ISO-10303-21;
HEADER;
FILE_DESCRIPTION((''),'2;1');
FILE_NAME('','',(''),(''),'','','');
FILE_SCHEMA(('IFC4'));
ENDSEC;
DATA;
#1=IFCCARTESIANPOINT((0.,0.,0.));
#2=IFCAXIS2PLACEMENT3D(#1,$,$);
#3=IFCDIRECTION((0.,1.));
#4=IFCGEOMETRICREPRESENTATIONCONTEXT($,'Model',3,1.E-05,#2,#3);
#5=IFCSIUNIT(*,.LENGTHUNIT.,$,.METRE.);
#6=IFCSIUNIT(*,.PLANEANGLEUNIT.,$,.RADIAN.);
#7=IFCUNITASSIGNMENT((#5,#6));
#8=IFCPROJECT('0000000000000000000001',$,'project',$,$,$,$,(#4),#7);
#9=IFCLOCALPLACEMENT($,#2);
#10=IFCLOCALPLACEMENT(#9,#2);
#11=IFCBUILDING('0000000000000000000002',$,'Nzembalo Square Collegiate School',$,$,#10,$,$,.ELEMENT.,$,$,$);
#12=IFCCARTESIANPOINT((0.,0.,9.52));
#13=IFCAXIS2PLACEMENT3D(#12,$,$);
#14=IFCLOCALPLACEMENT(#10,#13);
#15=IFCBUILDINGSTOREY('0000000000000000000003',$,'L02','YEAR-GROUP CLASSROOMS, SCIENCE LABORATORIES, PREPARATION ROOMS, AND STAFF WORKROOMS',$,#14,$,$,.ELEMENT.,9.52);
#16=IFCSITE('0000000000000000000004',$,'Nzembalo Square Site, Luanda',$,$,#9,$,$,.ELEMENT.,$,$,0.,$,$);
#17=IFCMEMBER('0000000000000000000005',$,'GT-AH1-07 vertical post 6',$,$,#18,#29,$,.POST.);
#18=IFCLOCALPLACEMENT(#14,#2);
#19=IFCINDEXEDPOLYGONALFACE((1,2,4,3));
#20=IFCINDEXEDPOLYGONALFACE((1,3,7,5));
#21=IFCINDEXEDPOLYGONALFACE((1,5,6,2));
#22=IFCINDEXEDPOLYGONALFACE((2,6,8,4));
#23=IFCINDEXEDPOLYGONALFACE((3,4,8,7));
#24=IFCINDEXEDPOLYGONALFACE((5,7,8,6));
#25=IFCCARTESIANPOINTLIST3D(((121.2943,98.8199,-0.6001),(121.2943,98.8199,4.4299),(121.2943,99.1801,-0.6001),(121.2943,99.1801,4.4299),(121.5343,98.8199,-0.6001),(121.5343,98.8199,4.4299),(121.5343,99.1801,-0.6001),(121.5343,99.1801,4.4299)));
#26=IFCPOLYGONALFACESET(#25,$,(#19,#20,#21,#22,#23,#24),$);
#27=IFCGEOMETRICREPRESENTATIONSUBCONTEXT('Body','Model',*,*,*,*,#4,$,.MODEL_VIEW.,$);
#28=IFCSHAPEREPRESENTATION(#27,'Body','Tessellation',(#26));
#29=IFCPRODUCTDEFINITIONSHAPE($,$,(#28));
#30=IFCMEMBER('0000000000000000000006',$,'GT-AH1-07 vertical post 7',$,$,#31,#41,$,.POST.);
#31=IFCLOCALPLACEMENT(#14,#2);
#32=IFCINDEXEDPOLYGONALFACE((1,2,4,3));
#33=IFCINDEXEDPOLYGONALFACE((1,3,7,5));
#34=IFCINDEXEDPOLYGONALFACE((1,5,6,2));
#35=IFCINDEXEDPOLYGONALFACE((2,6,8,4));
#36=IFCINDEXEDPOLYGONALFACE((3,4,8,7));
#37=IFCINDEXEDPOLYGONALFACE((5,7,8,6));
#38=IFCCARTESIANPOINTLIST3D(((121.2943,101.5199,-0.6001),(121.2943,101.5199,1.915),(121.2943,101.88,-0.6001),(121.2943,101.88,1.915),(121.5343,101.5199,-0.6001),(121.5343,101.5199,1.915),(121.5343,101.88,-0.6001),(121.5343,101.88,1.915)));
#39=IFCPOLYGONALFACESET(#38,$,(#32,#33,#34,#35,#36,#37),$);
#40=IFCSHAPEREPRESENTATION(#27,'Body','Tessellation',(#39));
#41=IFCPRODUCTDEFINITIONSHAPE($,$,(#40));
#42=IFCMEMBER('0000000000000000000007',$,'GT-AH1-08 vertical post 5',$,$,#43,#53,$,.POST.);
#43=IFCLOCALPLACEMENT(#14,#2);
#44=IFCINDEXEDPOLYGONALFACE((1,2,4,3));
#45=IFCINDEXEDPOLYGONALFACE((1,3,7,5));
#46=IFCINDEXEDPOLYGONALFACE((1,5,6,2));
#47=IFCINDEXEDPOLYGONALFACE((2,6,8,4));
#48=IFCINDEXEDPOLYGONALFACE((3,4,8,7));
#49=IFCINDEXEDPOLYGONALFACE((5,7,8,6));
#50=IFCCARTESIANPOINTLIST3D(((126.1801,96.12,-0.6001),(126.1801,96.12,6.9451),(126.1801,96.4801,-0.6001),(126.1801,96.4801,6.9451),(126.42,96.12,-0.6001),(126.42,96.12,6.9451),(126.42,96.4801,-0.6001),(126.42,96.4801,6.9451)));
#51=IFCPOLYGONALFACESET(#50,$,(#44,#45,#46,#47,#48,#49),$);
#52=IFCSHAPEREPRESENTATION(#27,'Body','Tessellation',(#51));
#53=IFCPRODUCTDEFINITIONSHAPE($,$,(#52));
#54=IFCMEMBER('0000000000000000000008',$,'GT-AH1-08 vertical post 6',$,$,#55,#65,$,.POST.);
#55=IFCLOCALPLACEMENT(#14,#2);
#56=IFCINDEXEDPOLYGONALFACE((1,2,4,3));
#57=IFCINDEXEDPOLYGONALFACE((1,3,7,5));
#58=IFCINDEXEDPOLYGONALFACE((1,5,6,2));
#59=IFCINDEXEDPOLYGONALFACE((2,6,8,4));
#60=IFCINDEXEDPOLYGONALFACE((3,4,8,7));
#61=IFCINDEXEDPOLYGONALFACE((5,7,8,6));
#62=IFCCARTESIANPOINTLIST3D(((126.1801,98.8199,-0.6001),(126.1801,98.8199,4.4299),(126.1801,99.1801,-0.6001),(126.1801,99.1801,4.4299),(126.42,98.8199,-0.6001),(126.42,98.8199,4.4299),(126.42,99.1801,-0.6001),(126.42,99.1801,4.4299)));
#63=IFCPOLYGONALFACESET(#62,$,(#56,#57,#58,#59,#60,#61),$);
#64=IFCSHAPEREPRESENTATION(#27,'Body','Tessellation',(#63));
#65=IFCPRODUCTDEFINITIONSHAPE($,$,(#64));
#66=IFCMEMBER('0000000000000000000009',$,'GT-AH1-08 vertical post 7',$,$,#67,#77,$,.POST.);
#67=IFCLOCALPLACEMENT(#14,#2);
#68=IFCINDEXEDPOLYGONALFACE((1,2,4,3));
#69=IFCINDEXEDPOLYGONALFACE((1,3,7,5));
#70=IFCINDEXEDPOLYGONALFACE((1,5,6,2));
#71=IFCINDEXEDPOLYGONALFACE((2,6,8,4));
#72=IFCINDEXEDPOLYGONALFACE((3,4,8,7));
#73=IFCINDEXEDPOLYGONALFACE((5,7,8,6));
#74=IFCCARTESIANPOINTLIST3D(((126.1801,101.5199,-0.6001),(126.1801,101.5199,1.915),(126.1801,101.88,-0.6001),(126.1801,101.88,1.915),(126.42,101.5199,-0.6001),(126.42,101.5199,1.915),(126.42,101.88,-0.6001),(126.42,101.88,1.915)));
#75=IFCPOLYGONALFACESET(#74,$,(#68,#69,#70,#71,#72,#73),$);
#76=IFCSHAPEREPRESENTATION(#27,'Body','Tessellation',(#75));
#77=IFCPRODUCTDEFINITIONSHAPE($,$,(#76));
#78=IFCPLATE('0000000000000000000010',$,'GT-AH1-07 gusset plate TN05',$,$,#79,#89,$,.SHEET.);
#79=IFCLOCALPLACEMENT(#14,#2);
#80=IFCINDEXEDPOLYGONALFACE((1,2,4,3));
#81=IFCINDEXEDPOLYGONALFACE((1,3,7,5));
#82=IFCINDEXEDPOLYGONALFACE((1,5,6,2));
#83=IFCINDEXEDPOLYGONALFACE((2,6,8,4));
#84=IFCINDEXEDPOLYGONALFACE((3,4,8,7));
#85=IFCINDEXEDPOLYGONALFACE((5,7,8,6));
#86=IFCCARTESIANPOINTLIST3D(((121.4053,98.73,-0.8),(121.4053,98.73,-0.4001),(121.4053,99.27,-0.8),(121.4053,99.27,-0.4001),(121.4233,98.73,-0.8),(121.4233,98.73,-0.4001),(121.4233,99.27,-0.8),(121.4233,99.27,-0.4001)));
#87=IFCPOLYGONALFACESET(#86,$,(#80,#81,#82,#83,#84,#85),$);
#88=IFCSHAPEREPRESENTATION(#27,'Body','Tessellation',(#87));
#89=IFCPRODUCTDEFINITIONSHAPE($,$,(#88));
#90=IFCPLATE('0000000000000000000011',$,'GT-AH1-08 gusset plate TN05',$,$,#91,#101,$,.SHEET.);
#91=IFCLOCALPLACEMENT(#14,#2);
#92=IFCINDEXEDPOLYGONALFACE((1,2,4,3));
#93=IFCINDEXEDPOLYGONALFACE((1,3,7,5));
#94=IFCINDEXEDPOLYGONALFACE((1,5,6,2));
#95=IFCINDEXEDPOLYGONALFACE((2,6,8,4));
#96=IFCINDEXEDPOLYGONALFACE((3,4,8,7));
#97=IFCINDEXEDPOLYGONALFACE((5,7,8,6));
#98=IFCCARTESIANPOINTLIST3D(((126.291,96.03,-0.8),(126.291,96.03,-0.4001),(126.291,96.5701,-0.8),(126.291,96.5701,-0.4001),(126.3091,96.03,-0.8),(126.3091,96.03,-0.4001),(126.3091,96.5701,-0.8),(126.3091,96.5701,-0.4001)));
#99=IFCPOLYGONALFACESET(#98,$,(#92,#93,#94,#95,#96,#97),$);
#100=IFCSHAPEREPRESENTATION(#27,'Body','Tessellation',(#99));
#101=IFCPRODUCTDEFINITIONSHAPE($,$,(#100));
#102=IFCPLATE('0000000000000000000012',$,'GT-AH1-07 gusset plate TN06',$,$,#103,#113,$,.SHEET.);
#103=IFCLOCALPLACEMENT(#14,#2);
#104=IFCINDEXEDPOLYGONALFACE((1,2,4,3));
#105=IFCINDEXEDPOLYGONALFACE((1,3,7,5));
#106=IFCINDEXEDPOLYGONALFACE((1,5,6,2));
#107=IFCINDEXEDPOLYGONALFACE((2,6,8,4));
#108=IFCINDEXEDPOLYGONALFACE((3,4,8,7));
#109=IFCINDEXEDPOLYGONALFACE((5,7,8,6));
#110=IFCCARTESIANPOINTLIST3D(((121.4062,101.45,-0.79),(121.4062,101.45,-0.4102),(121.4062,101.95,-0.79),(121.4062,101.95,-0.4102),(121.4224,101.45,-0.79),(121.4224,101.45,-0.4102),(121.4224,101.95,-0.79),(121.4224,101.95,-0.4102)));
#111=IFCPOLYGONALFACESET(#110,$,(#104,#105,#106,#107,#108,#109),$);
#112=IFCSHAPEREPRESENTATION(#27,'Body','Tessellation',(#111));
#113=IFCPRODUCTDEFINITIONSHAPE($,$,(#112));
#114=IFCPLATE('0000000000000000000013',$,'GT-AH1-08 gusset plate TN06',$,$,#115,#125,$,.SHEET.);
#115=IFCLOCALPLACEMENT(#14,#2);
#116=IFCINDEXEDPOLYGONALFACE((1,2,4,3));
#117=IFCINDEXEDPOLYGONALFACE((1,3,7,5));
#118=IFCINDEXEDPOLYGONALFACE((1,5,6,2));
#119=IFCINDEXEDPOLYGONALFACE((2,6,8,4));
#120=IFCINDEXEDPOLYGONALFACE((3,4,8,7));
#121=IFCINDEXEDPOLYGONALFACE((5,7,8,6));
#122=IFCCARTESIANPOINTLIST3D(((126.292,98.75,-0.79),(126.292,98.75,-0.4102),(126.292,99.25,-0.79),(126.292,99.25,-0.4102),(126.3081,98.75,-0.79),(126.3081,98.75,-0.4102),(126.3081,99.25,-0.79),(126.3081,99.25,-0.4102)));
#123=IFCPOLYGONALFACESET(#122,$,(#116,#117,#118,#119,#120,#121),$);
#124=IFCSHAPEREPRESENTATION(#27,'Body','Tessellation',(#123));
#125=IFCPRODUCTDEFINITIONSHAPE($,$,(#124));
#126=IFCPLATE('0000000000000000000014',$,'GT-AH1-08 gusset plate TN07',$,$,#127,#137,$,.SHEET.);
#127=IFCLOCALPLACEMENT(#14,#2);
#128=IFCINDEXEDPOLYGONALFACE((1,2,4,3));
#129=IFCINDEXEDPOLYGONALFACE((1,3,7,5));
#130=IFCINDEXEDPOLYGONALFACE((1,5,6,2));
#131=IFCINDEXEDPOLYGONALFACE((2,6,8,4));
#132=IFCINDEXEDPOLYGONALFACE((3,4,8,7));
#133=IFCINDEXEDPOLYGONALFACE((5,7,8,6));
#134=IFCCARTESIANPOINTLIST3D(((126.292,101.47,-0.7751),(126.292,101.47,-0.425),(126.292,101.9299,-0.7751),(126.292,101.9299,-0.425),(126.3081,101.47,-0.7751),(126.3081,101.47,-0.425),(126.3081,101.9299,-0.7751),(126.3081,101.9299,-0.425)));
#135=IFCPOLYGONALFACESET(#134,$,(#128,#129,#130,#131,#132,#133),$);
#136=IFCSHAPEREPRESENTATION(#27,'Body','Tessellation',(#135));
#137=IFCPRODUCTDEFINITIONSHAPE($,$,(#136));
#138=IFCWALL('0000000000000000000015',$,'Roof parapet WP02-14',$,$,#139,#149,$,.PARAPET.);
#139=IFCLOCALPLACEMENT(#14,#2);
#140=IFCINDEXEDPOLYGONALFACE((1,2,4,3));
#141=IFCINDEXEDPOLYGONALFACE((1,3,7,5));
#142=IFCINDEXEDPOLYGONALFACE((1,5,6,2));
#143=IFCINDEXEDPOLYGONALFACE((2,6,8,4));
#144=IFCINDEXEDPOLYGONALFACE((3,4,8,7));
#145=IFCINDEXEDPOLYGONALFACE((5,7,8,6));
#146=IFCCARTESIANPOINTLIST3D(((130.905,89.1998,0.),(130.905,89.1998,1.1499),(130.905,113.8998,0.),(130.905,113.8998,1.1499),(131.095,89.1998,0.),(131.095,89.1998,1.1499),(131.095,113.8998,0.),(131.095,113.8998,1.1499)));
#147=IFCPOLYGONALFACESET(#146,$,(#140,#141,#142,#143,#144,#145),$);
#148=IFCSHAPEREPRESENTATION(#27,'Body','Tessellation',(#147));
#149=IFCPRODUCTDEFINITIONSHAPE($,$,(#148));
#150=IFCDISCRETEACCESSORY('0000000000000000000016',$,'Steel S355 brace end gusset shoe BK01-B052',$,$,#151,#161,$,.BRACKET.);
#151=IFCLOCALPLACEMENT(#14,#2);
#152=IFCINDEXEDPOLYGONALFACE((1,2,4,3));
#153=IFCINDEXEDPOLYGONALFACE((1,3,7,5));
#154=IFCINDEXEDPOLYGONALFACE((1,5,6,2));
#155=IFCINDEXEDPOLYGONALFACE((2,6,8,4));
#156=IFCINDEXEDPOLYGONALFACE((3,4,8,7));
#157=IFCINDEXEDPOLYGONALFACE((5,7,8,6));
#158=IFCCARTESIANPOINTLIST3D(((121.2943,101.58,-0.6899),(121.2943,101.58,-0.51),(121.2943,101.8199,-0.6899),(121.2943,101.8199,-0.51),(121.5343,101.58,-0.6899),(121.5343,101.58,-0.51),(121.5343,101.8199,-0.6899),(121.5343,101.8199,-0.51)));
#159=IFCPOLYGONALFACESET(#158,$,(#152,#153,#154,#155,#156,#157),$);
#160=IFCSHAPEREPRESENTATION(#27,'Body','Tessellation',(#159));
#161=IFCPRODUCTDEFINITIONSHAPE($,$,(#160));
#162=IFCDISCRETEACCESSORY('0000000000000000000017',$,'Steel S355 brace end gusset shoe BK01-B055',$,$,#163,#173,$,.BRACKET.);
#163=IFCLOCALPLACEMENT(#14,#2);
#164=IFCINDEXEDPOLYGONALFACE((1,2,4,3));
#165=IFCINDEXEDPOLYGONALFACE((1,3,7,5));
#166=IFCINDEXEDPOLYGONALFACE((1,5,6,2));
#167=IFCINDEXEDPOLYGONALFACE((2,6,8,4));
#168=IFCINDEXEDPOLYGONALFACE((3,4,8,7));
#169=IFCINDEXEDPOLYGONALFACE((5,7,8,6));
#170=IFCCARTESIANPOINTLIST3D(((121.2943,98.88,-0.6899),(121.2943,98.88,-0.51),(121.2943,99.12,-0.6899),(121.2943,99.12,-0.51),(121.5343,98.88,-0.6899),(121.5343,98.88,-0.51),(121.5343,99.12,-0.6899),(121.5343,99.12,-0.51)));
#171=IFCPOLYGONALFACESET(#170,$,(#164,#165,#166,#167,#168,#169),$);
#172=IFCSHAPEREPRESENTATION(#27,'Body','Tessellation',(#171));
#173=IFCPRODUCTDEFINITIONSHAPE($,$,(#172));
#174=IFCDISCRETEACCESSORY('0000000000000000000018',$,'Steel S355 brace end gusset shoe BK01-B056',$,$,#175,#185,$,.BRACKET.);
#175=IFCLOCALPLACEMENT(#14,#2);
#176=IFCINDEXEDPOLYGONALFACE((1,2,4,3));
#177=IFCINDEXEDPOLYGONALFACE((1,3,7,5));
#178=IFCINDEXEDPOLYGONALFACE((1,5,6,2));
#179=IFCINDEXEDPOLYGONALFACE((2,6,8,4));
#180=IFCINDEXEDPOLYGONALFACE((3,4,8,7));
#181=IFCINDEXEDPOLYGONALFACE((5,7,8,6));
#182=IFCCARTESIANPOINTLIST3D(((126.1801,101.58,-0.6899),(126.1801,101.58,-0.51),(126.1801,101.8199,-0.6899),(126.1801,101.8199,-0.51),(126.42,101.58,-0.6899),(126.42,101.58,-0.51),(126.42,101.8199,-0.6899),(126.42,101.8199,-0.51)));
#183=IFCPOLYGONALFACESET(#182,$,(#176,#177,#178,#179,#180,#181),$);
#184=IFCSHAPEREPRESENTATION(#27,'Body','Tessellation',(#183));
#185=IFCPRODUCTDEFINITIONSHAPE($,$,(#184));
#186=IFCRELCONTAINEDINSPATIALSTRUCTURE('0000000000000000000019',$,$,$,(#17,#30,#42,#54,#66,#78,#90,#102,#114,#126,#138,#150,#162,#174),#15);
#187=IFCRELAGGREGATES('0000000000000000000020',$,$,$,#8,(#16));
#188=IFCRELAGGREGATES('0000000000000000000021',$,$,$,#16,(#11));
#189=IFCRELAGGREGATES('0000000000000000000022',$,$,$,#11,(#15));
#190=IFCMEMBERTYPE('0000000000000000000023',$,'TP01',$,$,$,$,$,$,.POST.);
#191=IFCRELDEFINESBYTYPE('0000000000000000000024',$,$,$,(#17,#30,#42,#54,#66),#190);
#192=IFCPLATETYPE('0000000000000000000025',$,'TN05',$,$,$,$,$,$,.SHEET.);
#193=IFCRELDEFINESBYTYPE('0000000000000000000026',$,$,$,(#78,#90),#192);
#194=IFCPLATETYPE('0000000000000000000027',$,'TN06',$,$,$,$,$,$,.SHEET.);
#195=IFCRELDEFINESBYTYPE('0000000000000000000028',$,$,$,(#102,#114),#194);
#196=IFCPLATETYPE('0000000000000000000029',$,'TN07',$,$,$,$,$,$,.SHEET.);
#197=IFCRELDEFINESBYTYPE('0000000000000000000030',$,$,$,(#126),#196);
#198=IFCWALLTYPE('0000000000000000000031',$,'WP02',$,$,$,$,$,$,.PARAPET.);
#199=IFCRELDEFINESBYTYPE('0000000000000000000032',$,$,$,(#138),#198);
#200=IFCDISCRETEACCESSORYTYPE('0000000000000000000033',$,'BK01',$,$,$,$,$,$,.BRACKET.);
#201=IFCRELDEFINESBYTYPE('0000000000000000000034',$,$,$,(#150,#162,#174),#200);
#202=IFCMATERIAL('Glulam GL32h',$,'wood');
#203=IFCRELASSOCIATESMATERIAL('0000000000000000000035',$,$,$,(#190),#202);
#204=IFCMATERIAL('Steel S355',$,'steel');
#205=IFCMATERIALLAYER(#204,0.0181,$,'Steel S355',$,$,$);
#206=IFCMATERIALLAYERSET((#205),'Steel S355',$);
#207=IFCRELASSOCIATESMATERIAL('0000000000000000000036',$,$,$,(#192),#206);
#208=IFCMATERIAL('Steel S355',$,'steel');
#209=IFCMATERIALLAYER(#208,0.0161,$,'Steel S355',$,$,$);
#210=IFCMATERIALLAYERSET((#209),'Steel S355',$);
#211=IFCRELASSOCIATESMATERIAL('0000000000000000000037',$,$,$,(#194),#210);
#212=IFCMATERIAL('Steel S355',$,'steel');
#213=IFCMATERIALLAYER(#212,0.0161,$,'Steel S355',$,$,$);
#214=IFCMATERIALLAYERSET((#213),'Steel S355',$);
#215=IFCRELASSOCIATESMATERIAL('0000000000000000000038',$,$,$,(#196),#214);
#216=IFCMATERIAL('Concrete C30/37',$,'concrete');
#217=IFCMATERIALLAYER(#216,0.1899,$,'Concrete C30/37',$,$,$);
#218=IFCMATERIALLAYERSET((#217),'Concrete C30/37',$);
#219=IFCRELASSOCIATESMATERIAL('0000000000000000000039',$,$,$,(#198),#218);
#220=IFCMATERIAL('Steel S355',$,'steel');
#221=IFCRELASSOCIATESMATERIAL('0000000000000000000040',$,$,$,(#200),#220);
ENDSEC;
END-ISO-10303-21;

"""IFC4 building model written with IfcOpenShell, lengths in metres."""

from ifc_helpers import new_model, si_unit, direction, frame, frame_2d, origin, origin_2d, place, context, subcontext, project, spatial, rectangle, extrude, material, layer, layer_set, material_profile, profile_set, type_object, element, save


model = new_model("IFC4")

# Units and contexts
model_context = context("Model", 3, precision=1e-05, world=origin(), true_north=direction((0.0, 1.0)))
body_context = subcontext(model_context, "Body", "Model", "MODEL_VIEW")
ifc_project = project(units=[si_unit("LENGTHUNIT", "METRE"), si_unit("PLANEANGLEUNIT", "RADIAN")], contexts=[model_context])

# Site, building, storey
site_placement = place(None, origin())
site = spatial("IfcSite", under=ifc_project, at=site_placement, Name="Nzembalo Square Site, Luanda", CompositionType="ELEMENT", RefElevation=0.0)
building_placement = place(site_placement, origin())
building = spatial("IfcBuilding", under=site, at=building_placement, Name="Nzembalo Square Collegiate School", CompositionType="ELEMENT")
storey_placement = place(building_placement, frame((0.0, 0.0, 9.52)))
storey = spatial("IfcBuildingStorey", under=building, at=storey_placement, Name="L02", Description="YEAR-GROUP CLASSROOMS, SCIENCE LABORATORIES, PREPARATION ROOMS, AND STAFF WORKROOMS", CompositionType="ELEMENT", Elevation=9.52)

# Members
ifc_material_1 = material(Name="Glulam GL32h", Category="wood")
ifc_material_profile_1 = material_profile(ifc_material_1, rectangle(XDim=0.24, YDim=0.3601, at=origin_2d()), Name="GL32h 240x360")
ifc_profile_set_1 = profile_set([ifc_material_profile_1], Name="Glulam GL32h")
member_type_1 = type_object("IfcMemberType", Name="TP01", PredefinedType="POST", material=ifc_profile_set_1)
member_1_placement = place(storey_placement, frame((121.4143, 99.0, -0.6001), z_axis=(0.0, 0.0, 1.0), x_axis=(1.0, 0.0, 0.0)))
element("IfcMember", 1, at=member_1_placement, inside=storey, type_object=member_type_1, Name="GT-AH1-07 vertical post 6", PredefinedType="POST", context=body_context, shape_type="SweptSolid", body=[
    extrude(rectangle(XDim=0.24, YDim=0.3601, at=origin_2d()), origin(), (0.0, 0.0, 1.0), 5.03),
])
member_2_placement = place(storey_placement, frame((121.4143, 101.7, -0.6001), z_axis=(0.0, 0.0, 1.0), x_axis=(1.0, 0.0, 0.0)))
element("IfcMember", 2, at=member_2_placement, inside=storey, type_object=member_type_1, Name="GT-AH1-07 vertical post 7", PredefinedType="POST", context=body_context, shape_type="SweptSolid", body=[
    extrude(rectangle(XDim=0.24, YDim=0.3601, at=origin_2d()), origin(), (0.0, 0.0, 1.0), 2.5151),
])
member_3_placement = place(storey_placement, frame((126.3, 96.3, -0.6001), z_axis=(0.0, 0.0, 1.0), x_axis=(1.0, 0.0, 0.0)))
element("IfcMember", 3, at=member_3_placement, inside=storey, type_object=member_type_1, Name="GT-AH1-08 vertical post 5", PredefinedType="POST", context=body_context, shape_type="SweptSolid", body=[
    extrude(rectangle(XDim=0.24, YDim=0.3601, at=origin_2d()), origin(), (0.0, 0.0, 1.0), 7.5452),
])
member_4_placement = place(storey_placement, frame((126.3, 99.0, -0.6001), z_axis=(0.0, 0.0, 1.0), x_axis=(1.0, 0.0, 0.0)))
element("IfcMember", 4, at=member_4_placement, inside=storey, type_object=member_type_1, Name="GT-AH1-08 vertical post 6", PredefinedType="POST", context=body_context, shape_type="SweptSolid", body=[
    extrude(rectangle(XDim=0.24, YDim=0.3601, at=origin_2d()), origin(), (0.0, 0.0, 1.0), 5.03),
])
member_5_placement = place(storey_placement, frame((126.3, 101.7, -0.6001), z_axis=(0.0, 0.0, 1.0), x_axis=(1.0, 0.0, 0.0)))
element("IfcMember", 5, at=member_5_placement, inside=storey, type_object=member_type_1, Name="GT-AH1-08 vertical post 7", PredefinedType="POST", context=body_context, shape_type="SweptSolid", body=[
    extrude(rectangle(XDim=0.24, YDim=0.3601, at=origin_2d()), origin(), (0.0, 0.0, 1.0), 2.5151),
])

# Plates
ifc_material_2 = material(Name="Steel S355", Category="steel")
ifc_layer_1 = layer(ifc_material_2, 0.0181, Name="Steel S355")
ifc_layer_set_1 = layer_set([ifc_layer_1], Name="Steel S355")
plate_type_1 = type_object("IfcPlateType", Name="TN05", PredefinedType="SHEET", material=ifc_layer_set_1)
for number, where, z_axis, x_axis, name in (
    (6, (121.4143, 99.0, -0.8), (0.0, 0.0, 1.0), (0.0, 1.0, 0.0), "GT-AH1-07 gusset plate TN05"),
    (7, (126.3, 96.3, -0.8), (0.0, 0.0, 1.0), (0.0, 1.0, 0.0), "GT-AH1-08 gusset plate TN05"),
):
    element("IfcPlate", number, at=place(storey_placement, frame(where, z_axis=z_axis, x_axis=x_axis)), inside=storey, type_object=plate_type_1, Name=name, PredefinedType="SHEET", context=body_context, shape_type="SweptSolid", body=[
        extrude(rectangle(XDim=0.54, YDim=0.0181, at=origin_2d()), origin(), (0.0, 0.0, 1.0), 0.3999),
    ])
ifc_material_3 = material(Name="Steel S355", Category="steel")
ifc_layer_2 = layer(ifc_material_3, 0.0161, Name="Steel S355")
ifc_layer_set_2 = layer_set([ifc_layer_2], Name="Steel S355")
plate_type_2 = type_object("IfcPlateType", Name="TN06", PredefinedType="SHEET", material=ifc_layer_set_2)
for number, where, z_axis, x_axis, name in (
    (8, (121.4143, 101.7, -0.79), (0.0, 0.0, 1.0), (0.0, 1.0, 0.0), "GT-AH1-07 gusset plate TN06"),
    (9, (126.3, 99.0, -0.79), (0.0, 0.0, 1.0), (0.0, 1.0, 0.0), "GT-AH1-08 gusset plate TN06"),
):
    element("IfcPlate", number, at=place(storey_placement, frame(where, z_axis=z_axis, x_axis=x_axis)), inside=storey, type_object=plate_type_2, Name=name, PredefinedType="SHEET", context=body_context, shape_type="SweptSolid", body=[
        extrude(rectangle(XDim=0.5, YDim=0.0161, at=origin_2d()), origin(), (0.0, 0.0, 1.0), 0.3799),
    ])
ifc_material_4 = material(Name="Steel S355", Category="steel")
ifc_layer_3 = layer(ifc_material_4, 0.0161, Name="Steel S355")
ifc_layer_set_3 = layer_set([ifc_layer_3], Name="Steel S355")
plate_type_3 = type_object("IfcPlateType", Name="TN07", PredefinedType="SHEET", material=ifc_layer_set_3)
plate_placement = place(storey_placement, frame((126.3, 101.7, -0.7751), z_axis=(0.0, 0.0, 1.0), x_axis=(0.0, 1.0, 0.0)))
element("IfcPlate", 10, at=plate_placement, inside=storey, type_object=plate_type_3, Name="GT-AH1-08 gusset plate TN07", PredefinedType="SHEET", context=body_context, shape_type="SweptSolid", body=[
    extrude(rectangle(XDim=0.46, YDim=0.0161, at=origin_2d()), origin(), (0.0, 0.0, 1.0), 0.3501),
])

# Wall
ifc_material_5 = material(Name="Concrete C30/37", Category="concrete")
ifc_layer_4 = layer(ifc_material_5, 0.1899, Name="Concrete C30/37")
ifc_layer_set_4 = layer_set([ifc_layer_4], Name="Concrete C30/37")
wall_type = type_object("IfcWallType", Name="WP02", PredefinedType="PARAPET", material=ifc_layer_set_4)
wall_placement = place(storey_placement, frame((131.0, 113.8999, 0.0), z_axis=(0.0, 0.0, 1.0), x_axis=(0.0, -1.0, 0.0)))
element("IfcWall", 11, at=wall_placement, inside=storey, type_object=wall_type, Name="Roof parapet WP02-14", PredefinedType="PARAPET", context=body_context, shape_type="SweptSolid", body=[
    extrude(rectangle(XDim=24.7, YDim=0.1899, at=frame_2d((12.3501, 0.0))), origin(), (0.0, 0.0, 1.0), 1.1499),
])

# Discrete accessories
ifc_material_6 = material(Name="Steel S355", Category="steel")
discrete_accessory_type = type_object("IfcDiscreteAccessoryType", Name="BK01", PredefinedType="BRACKET", material=ifc_material_6)
for number, where, z_axis, x_axis, name in (
    (12, (121.4143, 101.7, -0.6899), (0.0, 0.0, 1.0), (1.0, 0.0, 0.0), "Steel S355 brace end gusset shoe BK01-B052"),
    (13, (121.4143, 99.0, -0.6899), (0.0, 0.0, 1.0), (1.0, 0.0, 0.0), "Steel S355 brace end gusset shoe BK01-B055"),
    (14, (126.3, 101.7, -0.6899), (0.0, 0.0, 1.0), (1.0, 0.0, 0.0), "Steel S355 brace end gusset shoe BK01-B056"),
):
    element("IfcDiscreteAccessory", number, at=place(storey_placement, frame(where, z_axis=z_axis, x_axis=x_axis)), inside=storey, type_object=discrete_accessory_type, Name=name, PredefinedType="BRACKET", context=body_context, shape_type="SweptSolid", body=[
        extrude(rectangle(XDim=0.24, YDim=0.24, at=origin_2d()), origin(), (0.0, 0.0, 1.0), 0.1799),
    ])

save(model, "model.ifc")
